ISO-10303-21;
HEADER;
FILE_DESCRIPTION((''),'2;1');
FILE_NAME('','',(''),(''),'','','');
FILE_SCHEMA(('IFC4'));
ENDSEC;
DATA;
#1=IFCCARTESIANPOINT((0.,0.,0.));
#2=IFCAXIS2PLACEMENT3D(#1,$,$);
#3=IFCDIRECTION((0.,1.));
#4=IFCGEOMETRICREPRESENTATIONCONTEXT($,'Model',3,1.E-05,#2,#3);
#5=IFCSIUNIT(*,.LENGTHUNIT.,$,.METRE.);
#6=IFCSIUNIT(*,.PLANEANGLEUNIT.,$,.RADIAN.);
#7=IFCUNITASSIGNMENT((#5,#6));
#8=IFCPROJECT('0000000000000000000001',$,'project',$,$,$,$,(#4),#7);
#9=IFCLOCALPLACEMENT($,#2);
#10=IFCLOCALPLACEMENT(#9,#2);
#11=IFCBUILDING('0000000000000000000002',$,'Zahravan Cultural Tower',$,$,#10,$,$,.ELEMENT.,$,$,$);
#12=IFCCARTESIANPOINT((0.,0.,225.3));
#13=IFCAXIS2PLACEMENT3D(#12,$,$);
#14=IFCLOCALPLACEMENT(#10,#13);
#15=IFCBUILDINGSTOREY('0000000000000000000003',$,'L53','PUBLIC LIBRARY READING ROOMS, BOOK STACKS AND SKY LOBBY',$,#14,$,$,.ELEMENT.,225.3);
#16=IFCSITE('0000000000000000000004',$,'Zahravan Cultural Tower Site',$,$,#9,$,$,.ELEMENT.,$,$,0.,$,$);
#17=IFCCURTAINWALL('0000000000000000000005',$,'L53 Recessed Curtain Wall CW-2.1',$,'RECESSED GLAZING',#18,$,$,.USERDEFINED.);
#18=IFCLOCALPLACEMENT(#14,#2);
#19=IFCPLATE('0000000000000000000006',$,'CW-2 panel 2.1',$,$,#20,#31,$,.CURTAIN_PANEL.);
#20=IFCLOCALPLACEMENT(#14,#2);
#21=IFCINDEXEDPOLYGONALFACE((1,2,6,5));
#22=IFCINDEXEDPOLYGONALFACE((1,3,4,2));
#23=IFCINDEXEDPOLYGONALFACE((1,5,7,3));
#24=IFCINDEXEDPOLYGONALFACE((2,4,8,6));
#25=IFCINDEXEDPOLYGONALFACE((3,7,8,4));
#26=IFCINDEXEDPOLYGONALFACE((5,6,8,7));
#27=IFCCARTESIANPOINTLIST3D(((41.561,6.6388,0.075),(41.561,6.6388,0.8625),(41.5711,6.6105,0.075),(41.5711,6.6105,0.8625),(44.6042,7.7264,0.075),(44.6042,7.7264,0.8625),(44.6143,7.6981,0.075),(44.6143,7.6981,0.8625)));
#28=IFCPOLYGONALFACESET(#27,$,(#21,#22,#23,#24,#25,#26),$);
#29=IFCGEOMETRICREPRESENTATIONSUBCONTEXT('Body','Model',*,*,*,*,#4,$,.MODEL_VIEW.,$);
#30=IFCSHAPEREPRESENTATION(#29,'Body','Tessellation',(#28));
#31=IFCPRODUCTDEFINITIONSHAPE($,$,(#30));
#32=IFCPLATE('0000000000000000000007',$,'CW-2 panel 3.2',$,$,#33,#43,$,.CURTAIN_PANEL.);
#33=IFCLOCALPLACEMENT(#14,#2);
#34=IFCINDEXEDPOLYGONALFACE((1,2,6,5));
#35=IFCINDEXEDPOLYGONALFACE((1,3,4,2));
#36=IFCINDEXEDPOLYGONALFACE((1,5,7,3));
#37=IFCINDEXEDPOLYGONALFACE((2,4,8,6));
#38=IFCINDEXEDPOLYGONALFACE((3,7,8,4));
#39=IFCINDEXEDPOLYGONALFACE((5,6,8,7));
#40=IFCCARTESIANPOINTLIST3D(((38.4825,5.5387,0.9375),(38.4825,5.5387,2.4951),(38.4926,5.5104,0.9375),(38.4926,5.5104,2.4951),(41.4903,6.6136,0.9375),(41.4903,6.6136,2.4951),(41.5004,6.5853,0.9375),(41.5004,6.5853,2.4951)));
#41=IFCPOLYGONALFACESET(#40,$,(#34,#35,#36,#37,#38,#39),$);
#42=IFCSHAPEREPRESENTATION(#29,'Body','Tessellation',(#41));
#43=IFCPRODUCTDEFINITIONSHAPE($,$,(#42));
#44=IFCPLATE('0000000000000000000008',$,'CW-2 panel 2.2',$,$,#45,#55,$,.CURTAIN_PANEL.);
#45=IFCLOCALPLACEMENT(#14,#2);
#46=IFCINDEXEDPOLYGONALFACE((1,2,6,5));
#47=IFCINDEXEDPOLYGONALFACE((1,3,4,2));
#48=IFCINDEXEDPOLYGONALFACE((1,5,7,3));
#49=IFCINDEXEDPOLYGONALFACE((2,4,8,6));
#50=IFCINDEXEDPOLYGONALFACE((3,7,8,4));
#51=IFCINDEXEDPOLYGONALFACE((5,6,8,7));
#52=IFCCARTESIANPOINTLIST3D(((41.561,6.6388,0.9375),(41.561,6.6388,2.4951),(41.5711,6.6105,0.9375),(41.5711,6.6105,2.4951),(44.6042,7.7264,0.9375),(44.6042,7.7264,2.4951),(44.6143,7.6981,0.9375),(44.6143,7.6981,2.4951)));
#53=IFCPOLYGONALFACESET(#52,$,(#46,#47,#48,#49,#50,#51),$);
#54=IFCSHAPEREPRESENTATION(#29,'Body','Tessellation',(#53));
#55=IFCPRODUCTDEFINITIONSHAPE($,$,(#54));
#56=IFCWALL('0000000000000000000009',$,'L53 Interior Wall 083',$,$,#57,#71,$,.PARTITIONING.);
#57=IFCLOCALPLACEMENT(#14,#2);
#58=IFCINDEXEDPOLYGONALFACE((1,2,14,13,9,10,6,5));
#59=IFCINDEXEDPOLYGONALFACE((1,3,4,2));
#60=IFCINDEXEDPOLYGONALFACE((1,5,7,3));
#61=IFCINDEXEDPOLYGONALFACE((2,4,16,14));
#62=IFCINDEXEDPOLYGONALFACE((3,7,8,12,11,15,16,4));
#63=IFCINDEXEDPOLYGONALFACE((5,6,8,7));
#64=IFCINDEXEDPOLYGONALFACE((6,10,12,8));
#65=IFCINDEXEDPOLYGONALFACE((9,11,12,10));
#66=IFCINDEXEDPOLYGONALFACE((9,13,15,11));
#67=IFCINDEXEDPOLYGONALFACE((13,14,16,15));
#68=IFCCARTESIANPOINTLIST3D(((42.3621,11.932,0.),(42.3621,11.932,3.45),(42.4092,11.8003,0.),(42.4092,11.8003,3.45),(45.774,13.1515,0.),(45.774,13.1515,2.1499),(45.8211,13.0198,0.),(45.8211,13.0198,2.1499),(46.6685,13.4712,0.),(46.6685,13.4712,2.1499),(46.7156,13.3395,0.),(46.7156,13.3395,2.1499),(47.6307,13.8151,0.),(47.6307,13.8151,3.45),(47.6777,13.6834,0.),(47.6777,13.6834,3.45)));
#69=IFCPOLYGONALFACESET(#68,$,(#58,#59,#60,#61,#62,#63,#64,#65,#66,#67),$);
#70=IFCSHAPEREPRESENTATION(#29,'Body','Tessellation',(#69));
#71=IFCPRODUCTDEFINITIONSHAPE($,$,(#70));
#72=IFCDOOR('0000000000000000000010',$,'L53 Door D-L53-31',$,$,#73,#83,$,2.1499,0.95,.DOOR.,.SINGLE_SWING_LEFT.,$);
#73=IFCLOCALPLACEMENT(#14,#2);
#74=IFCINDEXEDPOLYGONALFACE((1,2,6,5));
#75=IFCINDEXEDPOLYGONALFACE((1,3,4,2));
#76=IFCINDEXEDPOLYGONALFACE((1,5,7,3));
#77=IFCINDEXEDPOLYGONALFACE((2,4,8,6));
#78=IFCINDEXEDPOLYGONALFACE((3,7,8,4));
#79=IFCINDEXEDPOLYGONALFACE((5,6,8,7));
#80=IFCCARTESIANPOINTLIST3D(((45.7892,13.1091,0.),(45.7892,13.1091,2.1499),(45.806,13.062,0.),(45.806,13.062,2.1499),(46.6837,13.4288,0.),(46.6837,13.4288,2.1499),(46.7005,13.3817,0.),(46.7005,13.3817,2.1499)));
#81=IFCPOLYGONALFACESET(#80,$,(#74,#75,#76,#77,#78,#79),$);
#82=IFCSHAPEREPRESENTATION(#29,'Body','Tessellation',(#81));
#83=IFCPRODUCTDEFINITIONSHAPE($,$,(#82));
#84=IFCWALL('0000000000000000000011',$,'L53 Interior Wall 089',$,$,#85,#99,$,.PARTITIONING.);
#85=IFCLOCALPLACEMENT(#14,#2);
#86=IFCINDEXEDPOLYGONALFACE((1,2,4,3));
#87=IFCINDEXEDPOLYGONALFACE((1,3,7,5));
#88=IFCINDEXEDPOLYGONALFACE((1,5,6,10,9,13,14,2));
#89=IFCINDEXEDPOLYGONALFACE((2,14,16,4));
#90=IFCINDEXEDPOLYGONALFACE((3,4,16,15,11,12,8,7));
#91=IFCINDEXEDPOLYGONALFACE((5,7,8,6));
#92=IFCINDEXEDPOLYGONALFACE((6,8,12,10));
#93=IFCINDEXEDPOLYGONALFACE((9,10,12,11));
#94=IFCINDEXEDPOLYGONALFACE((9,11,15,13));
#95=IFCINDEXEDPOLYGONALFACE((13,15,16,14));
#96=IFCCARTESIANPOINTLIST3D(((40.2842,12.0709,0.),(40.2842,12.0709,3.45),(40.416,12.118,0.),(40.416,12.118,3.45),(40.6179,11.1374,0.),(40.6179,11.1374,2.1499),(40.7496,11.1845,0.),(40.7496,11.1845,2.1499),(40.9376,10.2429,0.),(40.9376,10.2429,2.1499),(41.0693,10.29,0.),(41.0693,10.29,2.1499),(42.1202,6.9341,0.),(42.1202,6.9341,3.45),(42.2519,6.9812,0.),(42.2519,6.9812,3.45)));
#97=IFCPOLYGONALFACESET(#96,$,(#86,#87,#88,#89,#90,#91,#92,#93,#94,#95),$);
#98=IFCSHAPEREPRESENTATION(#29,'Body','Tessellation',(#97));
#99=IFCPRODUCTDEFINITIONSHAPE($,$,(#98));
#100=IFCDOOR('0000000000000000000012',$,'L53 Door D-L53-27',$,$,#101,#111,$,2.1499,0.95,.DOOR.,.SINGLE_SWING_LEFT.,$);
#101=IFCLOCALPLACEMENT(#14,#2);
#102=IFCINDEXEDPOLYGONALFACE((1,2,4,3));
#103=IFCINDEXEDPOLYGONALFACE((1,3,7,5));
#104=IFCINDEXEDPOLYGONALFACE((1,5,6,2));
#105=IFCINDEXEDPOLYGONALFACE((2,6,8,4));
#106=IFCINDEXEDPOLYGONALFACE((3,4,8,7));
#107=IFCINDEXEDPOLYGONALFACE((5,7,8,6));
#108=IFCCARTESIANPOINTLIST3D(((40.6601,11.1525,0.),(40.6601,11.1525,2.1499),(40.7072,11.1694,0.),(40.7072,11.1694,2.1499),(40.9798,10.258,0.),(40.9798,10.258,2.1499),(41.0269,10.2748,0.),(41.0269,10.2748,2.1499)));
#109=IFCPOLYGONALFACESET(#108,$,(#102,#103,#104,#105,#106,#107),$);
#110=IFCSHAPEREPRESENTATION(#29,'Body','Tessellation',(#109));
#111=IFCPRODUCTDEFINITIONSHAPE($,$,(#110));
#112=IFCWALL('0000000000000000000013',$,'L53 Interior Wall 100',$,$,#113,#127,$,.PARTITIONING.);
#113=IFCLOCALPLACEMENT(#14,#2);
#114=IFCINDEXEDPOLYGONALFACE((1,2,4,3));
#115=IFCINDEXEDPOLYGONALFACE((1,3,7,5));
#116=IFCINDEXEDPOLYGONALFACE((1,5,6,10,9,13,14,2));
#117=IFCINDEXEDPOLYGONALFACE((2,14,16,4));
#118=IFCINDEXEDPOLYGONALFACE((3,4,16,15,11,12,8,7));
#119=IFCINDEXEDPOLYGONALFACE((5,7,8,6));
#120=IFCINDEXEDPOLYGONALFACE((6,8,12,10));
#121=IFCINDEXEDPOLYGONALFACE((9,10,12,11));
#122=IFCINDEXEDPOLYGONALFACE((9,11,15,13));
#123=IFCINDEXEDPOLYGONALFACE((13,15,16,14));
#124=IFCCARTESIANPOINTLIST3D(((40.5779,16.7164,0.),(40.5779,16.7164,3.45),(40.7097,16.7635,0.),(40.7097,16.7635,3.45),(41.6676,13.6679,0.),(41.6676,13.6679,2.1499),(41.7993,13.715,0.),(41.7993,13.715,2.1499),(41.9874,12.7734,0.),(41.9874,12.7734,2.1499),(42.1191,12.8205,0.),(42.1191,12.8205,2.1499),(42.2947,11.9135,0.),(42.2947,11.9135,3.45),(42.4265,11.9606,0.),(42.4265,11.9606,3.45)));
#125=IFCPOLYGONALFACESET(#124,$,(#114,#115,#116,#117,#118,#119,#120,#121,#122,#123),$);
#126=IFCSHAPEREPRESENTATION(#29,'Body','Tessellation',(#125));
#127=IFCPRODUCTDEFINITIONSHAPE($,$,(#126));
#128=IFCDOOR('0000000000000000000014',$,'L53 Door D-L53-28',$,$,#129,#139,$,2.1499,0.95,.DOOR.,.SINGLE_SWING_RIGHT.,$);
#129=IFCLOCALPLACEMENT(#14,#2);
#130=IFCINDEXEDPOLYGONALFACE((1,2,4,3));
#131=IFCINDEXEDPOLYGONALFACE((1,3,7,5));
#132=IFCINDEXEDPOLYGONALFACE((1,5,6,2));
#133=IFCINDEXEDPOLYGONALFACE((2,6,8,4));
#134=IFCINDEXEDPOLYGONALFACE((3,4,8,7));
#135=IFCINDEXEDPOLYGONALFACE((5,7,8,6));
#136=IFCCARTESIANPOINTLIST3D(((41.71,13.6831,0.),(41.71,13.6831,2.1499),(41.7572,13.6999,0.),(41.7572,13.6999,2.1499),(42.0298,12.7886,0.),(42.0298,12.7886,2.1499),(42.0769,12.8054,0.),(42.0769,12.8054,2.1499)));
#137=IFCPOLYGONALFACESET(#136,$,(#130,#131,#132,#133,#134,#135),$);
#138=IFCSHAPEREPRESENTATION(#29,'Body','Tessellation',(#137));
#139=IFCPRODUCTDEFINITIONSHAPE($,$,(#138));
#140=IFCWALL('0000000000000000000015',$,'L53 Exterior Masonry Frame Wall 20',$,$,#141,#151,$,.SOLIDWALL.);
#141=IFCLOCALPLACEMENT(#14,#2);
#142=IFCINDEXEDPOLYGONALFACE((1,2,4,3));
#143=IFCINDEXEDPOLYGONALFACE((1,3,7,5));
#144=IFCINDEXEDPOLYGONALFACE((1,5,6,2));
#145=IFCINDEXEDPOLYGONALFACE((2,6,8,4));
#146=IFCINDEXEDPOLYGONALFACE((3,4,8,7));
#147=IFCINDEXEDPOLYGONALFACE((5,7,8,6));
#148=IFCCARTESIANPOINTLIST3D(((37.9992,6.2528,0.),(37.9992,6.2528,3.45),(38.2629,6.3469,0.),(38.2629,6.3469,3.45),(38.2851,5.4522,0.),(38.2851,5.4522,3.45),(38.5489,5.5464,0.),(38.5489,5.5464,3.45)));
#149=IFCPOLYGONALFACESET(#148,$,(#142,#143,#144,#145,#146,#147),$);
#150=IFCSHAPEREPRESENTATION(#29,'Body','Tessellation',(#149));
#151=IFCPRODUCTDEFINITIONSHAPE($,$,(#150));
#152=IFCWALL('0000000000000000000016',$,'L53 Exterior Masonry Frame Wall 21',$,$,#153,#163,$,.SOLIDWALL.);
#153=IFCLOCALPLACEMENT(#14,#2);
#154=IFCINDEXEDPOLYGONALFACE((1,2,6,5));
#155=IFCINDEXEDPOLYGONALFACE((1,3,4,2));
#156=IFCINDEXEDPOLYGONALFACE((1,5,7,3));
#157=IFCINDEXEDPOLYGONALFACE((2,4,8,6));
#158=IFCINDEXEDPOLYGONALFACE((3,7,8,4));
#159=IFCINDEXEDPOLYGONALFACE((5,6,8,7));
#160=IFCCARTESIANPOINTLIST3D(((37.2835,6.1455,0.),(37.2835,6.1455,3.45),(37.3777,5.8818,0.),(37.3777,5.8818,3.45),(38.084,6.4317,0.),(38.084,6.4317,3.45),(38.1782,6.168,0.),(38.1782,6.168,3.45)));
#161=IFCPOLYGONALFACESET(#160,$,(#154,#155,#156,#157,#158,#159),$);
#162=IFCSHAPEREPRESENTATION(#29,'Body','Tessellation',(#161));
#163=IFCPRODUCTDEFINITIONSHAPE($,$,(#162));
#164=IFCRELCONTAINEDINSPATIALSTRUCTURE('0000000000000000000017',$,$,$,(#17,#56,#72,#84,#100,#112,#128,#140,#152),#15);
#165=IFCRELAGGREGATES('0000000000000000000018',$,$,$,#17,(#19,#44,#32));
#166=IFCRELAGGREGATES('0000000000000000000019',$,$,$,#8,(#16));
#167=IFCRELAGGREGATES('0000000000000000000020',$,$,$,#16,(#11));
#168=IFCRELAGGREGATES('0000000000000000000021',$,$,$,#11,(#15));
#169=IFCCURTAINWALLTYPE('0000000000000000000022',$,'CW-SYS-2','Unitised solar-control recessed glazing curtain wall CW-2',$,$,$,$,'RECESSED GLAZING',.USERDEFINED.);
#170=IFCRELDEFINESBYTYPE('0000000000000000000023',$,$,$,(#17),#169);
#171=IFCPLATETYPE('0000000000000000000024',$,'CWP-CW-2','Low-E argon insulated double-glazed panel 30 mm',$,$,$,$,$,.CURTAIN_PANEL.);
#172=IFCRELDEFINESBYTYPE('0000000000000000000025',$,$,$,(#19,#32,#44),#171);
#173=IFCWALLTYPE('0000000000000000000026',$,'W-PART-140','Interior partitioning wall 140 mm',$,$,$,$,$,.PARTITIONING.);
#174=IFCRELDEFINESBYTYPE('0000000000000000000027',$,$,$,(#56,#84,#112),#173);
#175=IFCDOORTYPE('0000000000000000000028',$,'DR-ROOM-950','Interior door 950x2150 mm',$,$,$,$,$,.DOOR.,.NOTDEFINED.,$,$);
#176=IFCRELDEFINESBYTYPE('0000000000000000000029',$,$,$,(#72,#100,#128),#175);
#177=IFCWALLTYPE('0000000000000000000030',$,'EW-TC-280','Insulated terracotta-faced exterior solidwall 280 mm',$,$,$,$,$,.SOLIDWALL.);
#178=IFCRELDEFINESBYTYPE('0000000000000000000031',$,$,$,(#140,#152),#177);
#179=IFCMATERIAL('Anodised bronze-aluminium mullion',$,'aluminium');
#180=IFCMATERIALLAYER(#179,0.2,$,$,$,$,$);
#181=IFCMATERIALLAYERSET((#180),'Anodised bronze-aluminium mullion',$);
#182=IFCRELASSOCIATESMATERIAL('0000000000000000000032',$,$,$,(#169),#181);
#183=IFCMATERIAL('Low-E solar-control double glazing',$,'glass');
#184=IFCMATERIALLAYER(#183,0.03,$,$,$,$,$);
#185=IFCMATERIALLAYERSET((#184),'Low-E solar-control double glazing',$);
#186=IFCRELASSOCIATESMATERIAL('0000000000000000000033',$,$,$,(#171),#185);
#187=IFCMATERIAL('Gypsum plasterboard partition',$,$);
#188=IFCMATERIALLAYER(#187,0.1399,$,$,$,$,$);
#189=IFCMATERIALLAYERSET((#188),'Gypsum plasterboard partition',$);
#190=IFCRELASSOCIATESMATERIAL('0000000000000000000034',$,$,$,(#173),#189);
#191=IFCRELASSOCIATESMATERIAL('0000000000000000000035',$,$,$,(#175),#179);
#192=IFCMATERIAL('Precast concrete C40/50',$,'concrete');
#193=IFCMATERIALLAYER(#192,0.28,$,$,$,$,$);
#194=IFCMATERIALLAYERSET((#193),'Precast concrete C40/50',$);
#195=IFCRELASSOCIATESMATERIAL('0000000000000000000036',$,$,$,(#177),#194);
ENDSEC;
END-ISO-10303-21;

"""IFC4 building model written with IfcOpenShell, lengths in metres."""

from ifc_helpers import new_model, si_unit, direction, frame, frame_2d, origin, origin_2d, place, context, subcontext, project, spatial, rectangle, extrude, source, transform, mapped, material, layer, layer_set, type_object, element, fill, aggregate, save


model = new_model("IFC4")

# Units and contexts
model_context = context("Model", 3, precision=1e-05, world=origin(), true_north=direction((0.0, 1.0)))
body_context = subcontext(model_context, "Body", "Model", "MODEL_VIEW")
ifc_project = project(units=[si_unit("LENGTHUNIT", "METRE"), si_unit("PLANEANGLEUNIT", "RADIAN")], contexts=[model_context])

# Site, building, storey
site_placement = place(None, origin())
site = spatial("IfcSite", under=ifc_project, at=site_placement, Name="Zahravan Cultural Tower Site", CompositionType="ELEMENT", RefElevation=0.0)
building_placement = place(site_placement, origin())
building = spatial("IfcBuilding", under=site, at=building_placement, Name="Zahravan Cultural Tower", CompositionType="ELEMENT")
storey_placement = place(building_placement, frame((0.0, 0.0, 225.3)))
storey = spatial("IfcBuildingStorey", under=building, at=storey_placement, Name="L53", Description="PUBLIC LIBRARY READING ROOMS, BOOK STACKS AND SKY LOBBY", CompositionType="ELEMENT", Elevation=225.3)

# Curtain wall, plates
ifc_material_1 = material(Name="Anodised bronze-aluminium mullion", Category="aluminium")
ifc_layer_1 = layer(ifc_material_1, 0.2)
ifc_layer_set_1 = layer_set([ifc_layer_1], Name="Anodised bronze-aluminium mullion")
curtain_wall_type = type_object("IfcCurtainWallType", Name="CW-SYS-2", Description="Unitised solar-control recessed glazing curtain wall CW-2", ElementType="RECESSED GLAZING", PredefinedType="USERDEFINED", material=ifc_layer_set_1)
curtain_wall_placement = place(storey_placement, origin())
curtain_wall = element("IfcCurtainWall", 1, at=curtain_wall_placement, inside=storey, type_object=curtain_wall_type, Name="L53 Recessed Curtain Wall CW-2.1", ObjectType="RECESSED GLAZING", PredefinedType="USERDEFINED")
ifc_material_2 = material(Name="Low-E solar-control double glazing", Category="glass")
ifc_layer_2 = layer(ifc_material_2, 0.03)
ifc_layer_set_2 = layer_set([ifc_layer_2], Name="Low-E solar-control double glazing")
plate_type = type_object("IfcPlateType", Name="CWP-CW-2", Description="Low-E argon insulated double-glazed panel 30 mm", PredefinedType="CURTAIN_PANEL", material=ifc_layer_set_2)
shared_shape_1 = source(origin(), body_context, "Body", "SweptSolid", [
    extrude(rectangle(XDim=3.2317, YDim=0.03, at=origin_2d()), origin(), (0.0, 0.0, 1.0), 0.7876),
])
plate_1_placement = place(storey_placement, frame((43.0876, 7.1685, 0.075), z_axis=(0.0, 0.0, 1.0), x_axis=(-0.941669, -0.336541, 0.0)))
plate_1 = element("IfcPlate", 2, at=plate_1_placement, type_object=plate_type, Name="CW-2 panel 2.1", PredefinedType="CURTAIN_PANEL", context=body_context, shape_type="MappedRepresentation", body=[
    mapped(shared_shape_1, transform((0.0, 0.0, 0.0), x_axis=(1.0, 0.0, 0.0), y_axis=(0.0, 1.0, 0.0), z_axis=(0.0, 0.0, 1.0), scale=1.0)),
])
shared_shape_2 = source(origin(), body_context, "Body", "SweptSolid", [
    extrude(rectangle(XDim=3.1941, YDim=0.03, at=origin_2d()), origin(), (0.0, 0.0, 1.0), 1.5576),
])
plate_2_placement = place(storey_placement, frame((39.9915, 6.062, 0.9375), z_axis=(0.0, 0.0, 1.0), x_axis=(-0.941669, -0.336541, 0.0)))
plate_2 = element("IfcPlate", 3, at=plate_2_placement, type_object=plate_type, Name="CW-2 panel 3.2", PredefinedType="CURTAIN_PANEL", context=body_context, shape_type="MappedRepresentation", body=[
    mapped(shared_shape_2, transform((0.0, 0.0, 0.0), x_axis=(1.0, 0.0, 0.0), y_axis=(0.0, 1.0, 0.0), z_axis=(0.0, 0.0, 1.0), scale=1.0)),
])
shared_shape_3 = source(origin(), body_context, "Body", "SweptSolid", [
    extrude(rectangle(XDim=3.2317, YDim=0.03, at=origin_2d()), origin(), (0.0, 0.0, 1.0), 1.5576),
])
plate_3_placement = place(storey_placement, frame((43.0876, 7.1685, 0.9375), z_axis=(0.0, 0.0, 1.0), x_axis=(-0.941669, -0.336541, 0.0)))
plate_3 = element("IfcPlate", 4, at=plate_3_placement, type_object=plate_type, Name="CW-2 panel 2.2", PredefinedType="CURTAIN_PANEL", context=body_context, shape_type="MappedRepresentation", body=[
    mapped(shared_shape_3, transform((0.0, 0.0, 0.0), x_axis=(1.0, 0.0, 0.0), y_axis=(0.0, 1.0, 0.0), z_axis=(0.0, 0.0, 1.0), scale=1.0)),
])
aggregate(curtain_wall, [plate_1, plate_3, plate_2])

# Walls, openings, doors
ifc_material_3 = material(Name="Gypsum plasterboard partition")
ifc_layer_3 = layer(ifc_material_3, 0.1399)
ifc_layer_set_3 = layer_set([ifc_layer_3], Name="Gypsum plasterboard partition")
wall_type_1 = type_object("IfcWallType", Name="W-PART-140", Description="Interior partitioning wall 140 mm", PredefinedType="PARTITIONING", material=ifc_layer_set_3)
wall_1_placement = place(storey_placement, frame((42.3857, 11.8662, 0.0), z_axis=(0.0, 0.0, 1.0), x_axis=(0.941661, 0.336563, 0.0)))
wall_1 = element("IfcWall", 5, at=wall_1_placement, inside=storey, type_object=wall_type_1, Name="L53 Interior Wall 083", PredefinedType="PARTITIONING", context=body_context, shape_type="SweptSolid", body=[
    extrude(rectangle(XDim=5.595, YDim=0.1399, at=frame_2d((2.7974, 0.0))), origin(), (0.0, 0.0, 1.0), 3.45),
])
opening_1_placement = place(wall_1_placement, frame((3.623, 0.0, 0.0)))
opening_1 = element("IfcOpeningElement", 6, at=opening_1_placement, cuts=wall_1, PredefinedType="OPENING", context=body_context, shape_type="SweptSolid", body=[
    extrude(rectangle(XDim=0.95, YDim=2.1499, at=frame_2d((0.4751, 1.075))), frame((0.0, 0.0798, 0.0), z_axis=(0.0, -1.0, 0.0), x_axis=(1.0, 0.0, 0.0)), (0.0, 0.0, 1.0), 0.1599),
])
door_type = type_object("IfcDoorType", Name="DR-ROOM-950", Description="Interior door 950x2150 mm", OperationType="NOTDEFINED", PredefinedType="DOOR", material=ifc_material_1)
shared_shape_4 = source(origin(), body_context, "Body", "SweptSolid", [
    extrude(rectangle(XDim=0.95, YDim=2.1499, at=frame_2d((0.4751, 1.075))), frame((0.0, 0.0249, 0.0), z_axis=(0.0, -1.0, 0.0), x_axis=(1.0, 0.0, 0.0)), (0.0, 0.0, 1.0), 0.05),
])
door_1_placement = place(opening_1_placement, origin())
door_1 = element("IfcDoor", 7, at=door_1_placement, inside=storey, type_object=door_type, Name="L53 Door D-L53-31", OperationType="SINGLE_SWING_LEFT", OverallHeight=2.1499, OverallWidth=0.95, PredefinedType="DOOR", context=body_context, shape_type="MappedRepresentation", body=[
    mapped(shared_shape_4, transform((0.0, 0.0, 0.0), x_axis=(1.0, 0.0, 0.0), y_axis=(0.0, 1.0, 0.0), z_axis=(0.0, 0.0, 1.0), scale=1.0)),
])
fill(opening_1, door_1)
wall_2_placement = place(storey_placement, frame((40.3501, 12.0945, 0.0), z_axis=(0.0, 0.0, 1.0), x_axis=(0.336563, -0.941661, 0.0)))
wall_2 = element("IfcWall", 8, at=wall_2_placement, inside=storey, type_object=wall_type_1, Name="L53 Interior Wall 089", PredefinedType="PARTITIONING", context=body_context, shape_type="SweptSolid", body=[
    extrude(rectangle(XDim=5.4551, YDim=0.1399, at=frame_2d((2.7275, 0.0))), origin(), (0.0, 0.0, 1.0), 3.45),
])
opening_2_placement = place(wall_2_placement, frame((0.9912, 0.0, 0.0)))
opening_2 = element("IfcOpeningElement", 9, at=opening_2_placement, cuts=wall_2, PredefinedType="OPENING", context=body_context, shape_type="SweptSolid", body=[
    extrude(rectangle(XDim=0.95, YDim=2.1499, at=frame_2d((0.4751, 1.075))), frame((0.0, 0.0798, 0.0), z_axis=(0.0, -1.0, 0.0), x_axis=(1.0, 0.0, 0.0)), (0.0, 0.0, 1.0), 0.1599),
])
door_2_placement = place(opening_2_placement, origin())
door_2 = element("IfcDoor", 10, at=door_2_placement, inside=storey, type_object=door_type, Name="L53 Door D-L53-27", OperationType="SINGLE_SWING_LEFT", OverallHeight=2.1499, OverallWidth=0.95, PredefinedType="DOOR", context=body_context, shape_type="MappedRepresentation", body=[
    mapped(shared_shape_4, transform((0.0, 0.0, 0.0), x_axis=(1.0, 0.0, 0.0), y_axis=(0.0, 1.0, 0.0), z_axis=(0.0, 0.0, 1.0), scale=1.0)),
])
fill(opening_2, door_2)
wall_3_placement = place(storey_placement, frame((42.3606, 11.937, 0.0), z_axis=(0.0, 0.0, 1.0), x_axis=(-0.336588, 0.941652, 0.0)))
wall_3 = element("IfcWall", 11, at=wall_3_placement, inside=storey, type_object=wall_type_1, Name="L53 Interior Wall 100", PredefinedType="PARTITIONING", context=body_context, shape_type="SweptSolid", body=[
    extrude(rectangle(XDim=5.1006, YDim=0.1399, at=frame_2d((2.5503, 0.0))), origin(), (0.0, 0.0, 1.0), 3.45),
])
opening_3_placement = place(wall_3_placement, frame((0.9131, 0.0, 0.0)))
opening_3 = element("IfcOpeningElement", 12, at=opening_3_placement, cuts=wall_3, PredefinedType="OPENING", context=body_context, shape_type="SweptSolid", body=[
    extrude(rectangle(XDim=0.95, YDim=2.1499, at=frame_2d((0.4751, 1.075))), frame((0.0, 0.0798, 0.0), z_axis=(0.0, -1.0, 0.0), x_axis=(1.0, 0.0, 0.0)), (0.0, 0.0, 1.0), 0.1599),
])
door_3_placement = place(opening_3_placement, origin())
door_3 = element("IfcDoor", 13, at=door_3_placement, inside=storey, type_object=door_type, Name="L53 Door D-L53-28", OperationType="SINGLE_SWING_RIGHT", OverallHeight=2.1499, OverallWidth=0.95, PredefinedType="DOOR", context=body_context, shape_type="MappedRepresentation", body=[
    mapped(shared_shape_4, transform((0.0, 0.0, 0.0), x_axis=(1.0, 0.0, 0.0), y_axis=(0.0, 1.0, 0.0), z_axis=(0.0, 0.0, 1.0), scale=1.0)),
])
fill(opening_3, door_3)

# Walls
ifc_material_4 = material(Name="Precast concrete C40/50", Category="concrete")
ifc_layer_4 = layer(ifc_material_4, 0.28)
ifc_layer_set_4 = layer_set([ifc_layer_4], Name="Precast concrete C40/50")
wall_type_2 = type_object("IfcWallType", Name="EW-TC-280", Description="Insulated terracotta-faced exterior solidwall 280 mm", PredefinedType="SOLIDWALL", material=ifc_layer_set_4)
shared_shape_5 = source(origin(), body_context, "Body", "SweptSolid", [
    extrude(rectangle(XDim=0.8501, YDim=0.28, at=frame_2d((0.425, 0.0))), origin(), (0.0, 0.0, 1.0), 3.45),
])
for number, where, z_axis, x_axis, name in (
    (14, (38.417, 5.4993, 0.0), (0.0, 0.0, 1.0), (-0.336318, 0.941748, 0.0), "L53 Exterior Masonry Frame Wall 20"),
    (15, (38.1311, 6.2998, 0.0), (0.0, 0.0, 1.0), (-0.941657, -0.336573, 0.0), "L53 Exterior Masonry Frame Wall 21"),
):
    element("IfcWall", number, at=place(storey_placement, frame(where, z_axis=z_axis, x_axis=x_axis)), inside=storey, type_object=wall_type_2, Name=name, PredefinedType="SOLIDWALL", context=body_context, shape_type="MappedRepresentation", body=[
        mapped(shared_shape_5, transform((0.0, 0.0, 0.0), x_axis=(1.0, 0.0, 0.0), y_axis=(0.0, 1.0, 0.0), z_axis=(0.0, 0.0, 1.0), scale=1.0)),
    ])

save(model, "model.ifc")
